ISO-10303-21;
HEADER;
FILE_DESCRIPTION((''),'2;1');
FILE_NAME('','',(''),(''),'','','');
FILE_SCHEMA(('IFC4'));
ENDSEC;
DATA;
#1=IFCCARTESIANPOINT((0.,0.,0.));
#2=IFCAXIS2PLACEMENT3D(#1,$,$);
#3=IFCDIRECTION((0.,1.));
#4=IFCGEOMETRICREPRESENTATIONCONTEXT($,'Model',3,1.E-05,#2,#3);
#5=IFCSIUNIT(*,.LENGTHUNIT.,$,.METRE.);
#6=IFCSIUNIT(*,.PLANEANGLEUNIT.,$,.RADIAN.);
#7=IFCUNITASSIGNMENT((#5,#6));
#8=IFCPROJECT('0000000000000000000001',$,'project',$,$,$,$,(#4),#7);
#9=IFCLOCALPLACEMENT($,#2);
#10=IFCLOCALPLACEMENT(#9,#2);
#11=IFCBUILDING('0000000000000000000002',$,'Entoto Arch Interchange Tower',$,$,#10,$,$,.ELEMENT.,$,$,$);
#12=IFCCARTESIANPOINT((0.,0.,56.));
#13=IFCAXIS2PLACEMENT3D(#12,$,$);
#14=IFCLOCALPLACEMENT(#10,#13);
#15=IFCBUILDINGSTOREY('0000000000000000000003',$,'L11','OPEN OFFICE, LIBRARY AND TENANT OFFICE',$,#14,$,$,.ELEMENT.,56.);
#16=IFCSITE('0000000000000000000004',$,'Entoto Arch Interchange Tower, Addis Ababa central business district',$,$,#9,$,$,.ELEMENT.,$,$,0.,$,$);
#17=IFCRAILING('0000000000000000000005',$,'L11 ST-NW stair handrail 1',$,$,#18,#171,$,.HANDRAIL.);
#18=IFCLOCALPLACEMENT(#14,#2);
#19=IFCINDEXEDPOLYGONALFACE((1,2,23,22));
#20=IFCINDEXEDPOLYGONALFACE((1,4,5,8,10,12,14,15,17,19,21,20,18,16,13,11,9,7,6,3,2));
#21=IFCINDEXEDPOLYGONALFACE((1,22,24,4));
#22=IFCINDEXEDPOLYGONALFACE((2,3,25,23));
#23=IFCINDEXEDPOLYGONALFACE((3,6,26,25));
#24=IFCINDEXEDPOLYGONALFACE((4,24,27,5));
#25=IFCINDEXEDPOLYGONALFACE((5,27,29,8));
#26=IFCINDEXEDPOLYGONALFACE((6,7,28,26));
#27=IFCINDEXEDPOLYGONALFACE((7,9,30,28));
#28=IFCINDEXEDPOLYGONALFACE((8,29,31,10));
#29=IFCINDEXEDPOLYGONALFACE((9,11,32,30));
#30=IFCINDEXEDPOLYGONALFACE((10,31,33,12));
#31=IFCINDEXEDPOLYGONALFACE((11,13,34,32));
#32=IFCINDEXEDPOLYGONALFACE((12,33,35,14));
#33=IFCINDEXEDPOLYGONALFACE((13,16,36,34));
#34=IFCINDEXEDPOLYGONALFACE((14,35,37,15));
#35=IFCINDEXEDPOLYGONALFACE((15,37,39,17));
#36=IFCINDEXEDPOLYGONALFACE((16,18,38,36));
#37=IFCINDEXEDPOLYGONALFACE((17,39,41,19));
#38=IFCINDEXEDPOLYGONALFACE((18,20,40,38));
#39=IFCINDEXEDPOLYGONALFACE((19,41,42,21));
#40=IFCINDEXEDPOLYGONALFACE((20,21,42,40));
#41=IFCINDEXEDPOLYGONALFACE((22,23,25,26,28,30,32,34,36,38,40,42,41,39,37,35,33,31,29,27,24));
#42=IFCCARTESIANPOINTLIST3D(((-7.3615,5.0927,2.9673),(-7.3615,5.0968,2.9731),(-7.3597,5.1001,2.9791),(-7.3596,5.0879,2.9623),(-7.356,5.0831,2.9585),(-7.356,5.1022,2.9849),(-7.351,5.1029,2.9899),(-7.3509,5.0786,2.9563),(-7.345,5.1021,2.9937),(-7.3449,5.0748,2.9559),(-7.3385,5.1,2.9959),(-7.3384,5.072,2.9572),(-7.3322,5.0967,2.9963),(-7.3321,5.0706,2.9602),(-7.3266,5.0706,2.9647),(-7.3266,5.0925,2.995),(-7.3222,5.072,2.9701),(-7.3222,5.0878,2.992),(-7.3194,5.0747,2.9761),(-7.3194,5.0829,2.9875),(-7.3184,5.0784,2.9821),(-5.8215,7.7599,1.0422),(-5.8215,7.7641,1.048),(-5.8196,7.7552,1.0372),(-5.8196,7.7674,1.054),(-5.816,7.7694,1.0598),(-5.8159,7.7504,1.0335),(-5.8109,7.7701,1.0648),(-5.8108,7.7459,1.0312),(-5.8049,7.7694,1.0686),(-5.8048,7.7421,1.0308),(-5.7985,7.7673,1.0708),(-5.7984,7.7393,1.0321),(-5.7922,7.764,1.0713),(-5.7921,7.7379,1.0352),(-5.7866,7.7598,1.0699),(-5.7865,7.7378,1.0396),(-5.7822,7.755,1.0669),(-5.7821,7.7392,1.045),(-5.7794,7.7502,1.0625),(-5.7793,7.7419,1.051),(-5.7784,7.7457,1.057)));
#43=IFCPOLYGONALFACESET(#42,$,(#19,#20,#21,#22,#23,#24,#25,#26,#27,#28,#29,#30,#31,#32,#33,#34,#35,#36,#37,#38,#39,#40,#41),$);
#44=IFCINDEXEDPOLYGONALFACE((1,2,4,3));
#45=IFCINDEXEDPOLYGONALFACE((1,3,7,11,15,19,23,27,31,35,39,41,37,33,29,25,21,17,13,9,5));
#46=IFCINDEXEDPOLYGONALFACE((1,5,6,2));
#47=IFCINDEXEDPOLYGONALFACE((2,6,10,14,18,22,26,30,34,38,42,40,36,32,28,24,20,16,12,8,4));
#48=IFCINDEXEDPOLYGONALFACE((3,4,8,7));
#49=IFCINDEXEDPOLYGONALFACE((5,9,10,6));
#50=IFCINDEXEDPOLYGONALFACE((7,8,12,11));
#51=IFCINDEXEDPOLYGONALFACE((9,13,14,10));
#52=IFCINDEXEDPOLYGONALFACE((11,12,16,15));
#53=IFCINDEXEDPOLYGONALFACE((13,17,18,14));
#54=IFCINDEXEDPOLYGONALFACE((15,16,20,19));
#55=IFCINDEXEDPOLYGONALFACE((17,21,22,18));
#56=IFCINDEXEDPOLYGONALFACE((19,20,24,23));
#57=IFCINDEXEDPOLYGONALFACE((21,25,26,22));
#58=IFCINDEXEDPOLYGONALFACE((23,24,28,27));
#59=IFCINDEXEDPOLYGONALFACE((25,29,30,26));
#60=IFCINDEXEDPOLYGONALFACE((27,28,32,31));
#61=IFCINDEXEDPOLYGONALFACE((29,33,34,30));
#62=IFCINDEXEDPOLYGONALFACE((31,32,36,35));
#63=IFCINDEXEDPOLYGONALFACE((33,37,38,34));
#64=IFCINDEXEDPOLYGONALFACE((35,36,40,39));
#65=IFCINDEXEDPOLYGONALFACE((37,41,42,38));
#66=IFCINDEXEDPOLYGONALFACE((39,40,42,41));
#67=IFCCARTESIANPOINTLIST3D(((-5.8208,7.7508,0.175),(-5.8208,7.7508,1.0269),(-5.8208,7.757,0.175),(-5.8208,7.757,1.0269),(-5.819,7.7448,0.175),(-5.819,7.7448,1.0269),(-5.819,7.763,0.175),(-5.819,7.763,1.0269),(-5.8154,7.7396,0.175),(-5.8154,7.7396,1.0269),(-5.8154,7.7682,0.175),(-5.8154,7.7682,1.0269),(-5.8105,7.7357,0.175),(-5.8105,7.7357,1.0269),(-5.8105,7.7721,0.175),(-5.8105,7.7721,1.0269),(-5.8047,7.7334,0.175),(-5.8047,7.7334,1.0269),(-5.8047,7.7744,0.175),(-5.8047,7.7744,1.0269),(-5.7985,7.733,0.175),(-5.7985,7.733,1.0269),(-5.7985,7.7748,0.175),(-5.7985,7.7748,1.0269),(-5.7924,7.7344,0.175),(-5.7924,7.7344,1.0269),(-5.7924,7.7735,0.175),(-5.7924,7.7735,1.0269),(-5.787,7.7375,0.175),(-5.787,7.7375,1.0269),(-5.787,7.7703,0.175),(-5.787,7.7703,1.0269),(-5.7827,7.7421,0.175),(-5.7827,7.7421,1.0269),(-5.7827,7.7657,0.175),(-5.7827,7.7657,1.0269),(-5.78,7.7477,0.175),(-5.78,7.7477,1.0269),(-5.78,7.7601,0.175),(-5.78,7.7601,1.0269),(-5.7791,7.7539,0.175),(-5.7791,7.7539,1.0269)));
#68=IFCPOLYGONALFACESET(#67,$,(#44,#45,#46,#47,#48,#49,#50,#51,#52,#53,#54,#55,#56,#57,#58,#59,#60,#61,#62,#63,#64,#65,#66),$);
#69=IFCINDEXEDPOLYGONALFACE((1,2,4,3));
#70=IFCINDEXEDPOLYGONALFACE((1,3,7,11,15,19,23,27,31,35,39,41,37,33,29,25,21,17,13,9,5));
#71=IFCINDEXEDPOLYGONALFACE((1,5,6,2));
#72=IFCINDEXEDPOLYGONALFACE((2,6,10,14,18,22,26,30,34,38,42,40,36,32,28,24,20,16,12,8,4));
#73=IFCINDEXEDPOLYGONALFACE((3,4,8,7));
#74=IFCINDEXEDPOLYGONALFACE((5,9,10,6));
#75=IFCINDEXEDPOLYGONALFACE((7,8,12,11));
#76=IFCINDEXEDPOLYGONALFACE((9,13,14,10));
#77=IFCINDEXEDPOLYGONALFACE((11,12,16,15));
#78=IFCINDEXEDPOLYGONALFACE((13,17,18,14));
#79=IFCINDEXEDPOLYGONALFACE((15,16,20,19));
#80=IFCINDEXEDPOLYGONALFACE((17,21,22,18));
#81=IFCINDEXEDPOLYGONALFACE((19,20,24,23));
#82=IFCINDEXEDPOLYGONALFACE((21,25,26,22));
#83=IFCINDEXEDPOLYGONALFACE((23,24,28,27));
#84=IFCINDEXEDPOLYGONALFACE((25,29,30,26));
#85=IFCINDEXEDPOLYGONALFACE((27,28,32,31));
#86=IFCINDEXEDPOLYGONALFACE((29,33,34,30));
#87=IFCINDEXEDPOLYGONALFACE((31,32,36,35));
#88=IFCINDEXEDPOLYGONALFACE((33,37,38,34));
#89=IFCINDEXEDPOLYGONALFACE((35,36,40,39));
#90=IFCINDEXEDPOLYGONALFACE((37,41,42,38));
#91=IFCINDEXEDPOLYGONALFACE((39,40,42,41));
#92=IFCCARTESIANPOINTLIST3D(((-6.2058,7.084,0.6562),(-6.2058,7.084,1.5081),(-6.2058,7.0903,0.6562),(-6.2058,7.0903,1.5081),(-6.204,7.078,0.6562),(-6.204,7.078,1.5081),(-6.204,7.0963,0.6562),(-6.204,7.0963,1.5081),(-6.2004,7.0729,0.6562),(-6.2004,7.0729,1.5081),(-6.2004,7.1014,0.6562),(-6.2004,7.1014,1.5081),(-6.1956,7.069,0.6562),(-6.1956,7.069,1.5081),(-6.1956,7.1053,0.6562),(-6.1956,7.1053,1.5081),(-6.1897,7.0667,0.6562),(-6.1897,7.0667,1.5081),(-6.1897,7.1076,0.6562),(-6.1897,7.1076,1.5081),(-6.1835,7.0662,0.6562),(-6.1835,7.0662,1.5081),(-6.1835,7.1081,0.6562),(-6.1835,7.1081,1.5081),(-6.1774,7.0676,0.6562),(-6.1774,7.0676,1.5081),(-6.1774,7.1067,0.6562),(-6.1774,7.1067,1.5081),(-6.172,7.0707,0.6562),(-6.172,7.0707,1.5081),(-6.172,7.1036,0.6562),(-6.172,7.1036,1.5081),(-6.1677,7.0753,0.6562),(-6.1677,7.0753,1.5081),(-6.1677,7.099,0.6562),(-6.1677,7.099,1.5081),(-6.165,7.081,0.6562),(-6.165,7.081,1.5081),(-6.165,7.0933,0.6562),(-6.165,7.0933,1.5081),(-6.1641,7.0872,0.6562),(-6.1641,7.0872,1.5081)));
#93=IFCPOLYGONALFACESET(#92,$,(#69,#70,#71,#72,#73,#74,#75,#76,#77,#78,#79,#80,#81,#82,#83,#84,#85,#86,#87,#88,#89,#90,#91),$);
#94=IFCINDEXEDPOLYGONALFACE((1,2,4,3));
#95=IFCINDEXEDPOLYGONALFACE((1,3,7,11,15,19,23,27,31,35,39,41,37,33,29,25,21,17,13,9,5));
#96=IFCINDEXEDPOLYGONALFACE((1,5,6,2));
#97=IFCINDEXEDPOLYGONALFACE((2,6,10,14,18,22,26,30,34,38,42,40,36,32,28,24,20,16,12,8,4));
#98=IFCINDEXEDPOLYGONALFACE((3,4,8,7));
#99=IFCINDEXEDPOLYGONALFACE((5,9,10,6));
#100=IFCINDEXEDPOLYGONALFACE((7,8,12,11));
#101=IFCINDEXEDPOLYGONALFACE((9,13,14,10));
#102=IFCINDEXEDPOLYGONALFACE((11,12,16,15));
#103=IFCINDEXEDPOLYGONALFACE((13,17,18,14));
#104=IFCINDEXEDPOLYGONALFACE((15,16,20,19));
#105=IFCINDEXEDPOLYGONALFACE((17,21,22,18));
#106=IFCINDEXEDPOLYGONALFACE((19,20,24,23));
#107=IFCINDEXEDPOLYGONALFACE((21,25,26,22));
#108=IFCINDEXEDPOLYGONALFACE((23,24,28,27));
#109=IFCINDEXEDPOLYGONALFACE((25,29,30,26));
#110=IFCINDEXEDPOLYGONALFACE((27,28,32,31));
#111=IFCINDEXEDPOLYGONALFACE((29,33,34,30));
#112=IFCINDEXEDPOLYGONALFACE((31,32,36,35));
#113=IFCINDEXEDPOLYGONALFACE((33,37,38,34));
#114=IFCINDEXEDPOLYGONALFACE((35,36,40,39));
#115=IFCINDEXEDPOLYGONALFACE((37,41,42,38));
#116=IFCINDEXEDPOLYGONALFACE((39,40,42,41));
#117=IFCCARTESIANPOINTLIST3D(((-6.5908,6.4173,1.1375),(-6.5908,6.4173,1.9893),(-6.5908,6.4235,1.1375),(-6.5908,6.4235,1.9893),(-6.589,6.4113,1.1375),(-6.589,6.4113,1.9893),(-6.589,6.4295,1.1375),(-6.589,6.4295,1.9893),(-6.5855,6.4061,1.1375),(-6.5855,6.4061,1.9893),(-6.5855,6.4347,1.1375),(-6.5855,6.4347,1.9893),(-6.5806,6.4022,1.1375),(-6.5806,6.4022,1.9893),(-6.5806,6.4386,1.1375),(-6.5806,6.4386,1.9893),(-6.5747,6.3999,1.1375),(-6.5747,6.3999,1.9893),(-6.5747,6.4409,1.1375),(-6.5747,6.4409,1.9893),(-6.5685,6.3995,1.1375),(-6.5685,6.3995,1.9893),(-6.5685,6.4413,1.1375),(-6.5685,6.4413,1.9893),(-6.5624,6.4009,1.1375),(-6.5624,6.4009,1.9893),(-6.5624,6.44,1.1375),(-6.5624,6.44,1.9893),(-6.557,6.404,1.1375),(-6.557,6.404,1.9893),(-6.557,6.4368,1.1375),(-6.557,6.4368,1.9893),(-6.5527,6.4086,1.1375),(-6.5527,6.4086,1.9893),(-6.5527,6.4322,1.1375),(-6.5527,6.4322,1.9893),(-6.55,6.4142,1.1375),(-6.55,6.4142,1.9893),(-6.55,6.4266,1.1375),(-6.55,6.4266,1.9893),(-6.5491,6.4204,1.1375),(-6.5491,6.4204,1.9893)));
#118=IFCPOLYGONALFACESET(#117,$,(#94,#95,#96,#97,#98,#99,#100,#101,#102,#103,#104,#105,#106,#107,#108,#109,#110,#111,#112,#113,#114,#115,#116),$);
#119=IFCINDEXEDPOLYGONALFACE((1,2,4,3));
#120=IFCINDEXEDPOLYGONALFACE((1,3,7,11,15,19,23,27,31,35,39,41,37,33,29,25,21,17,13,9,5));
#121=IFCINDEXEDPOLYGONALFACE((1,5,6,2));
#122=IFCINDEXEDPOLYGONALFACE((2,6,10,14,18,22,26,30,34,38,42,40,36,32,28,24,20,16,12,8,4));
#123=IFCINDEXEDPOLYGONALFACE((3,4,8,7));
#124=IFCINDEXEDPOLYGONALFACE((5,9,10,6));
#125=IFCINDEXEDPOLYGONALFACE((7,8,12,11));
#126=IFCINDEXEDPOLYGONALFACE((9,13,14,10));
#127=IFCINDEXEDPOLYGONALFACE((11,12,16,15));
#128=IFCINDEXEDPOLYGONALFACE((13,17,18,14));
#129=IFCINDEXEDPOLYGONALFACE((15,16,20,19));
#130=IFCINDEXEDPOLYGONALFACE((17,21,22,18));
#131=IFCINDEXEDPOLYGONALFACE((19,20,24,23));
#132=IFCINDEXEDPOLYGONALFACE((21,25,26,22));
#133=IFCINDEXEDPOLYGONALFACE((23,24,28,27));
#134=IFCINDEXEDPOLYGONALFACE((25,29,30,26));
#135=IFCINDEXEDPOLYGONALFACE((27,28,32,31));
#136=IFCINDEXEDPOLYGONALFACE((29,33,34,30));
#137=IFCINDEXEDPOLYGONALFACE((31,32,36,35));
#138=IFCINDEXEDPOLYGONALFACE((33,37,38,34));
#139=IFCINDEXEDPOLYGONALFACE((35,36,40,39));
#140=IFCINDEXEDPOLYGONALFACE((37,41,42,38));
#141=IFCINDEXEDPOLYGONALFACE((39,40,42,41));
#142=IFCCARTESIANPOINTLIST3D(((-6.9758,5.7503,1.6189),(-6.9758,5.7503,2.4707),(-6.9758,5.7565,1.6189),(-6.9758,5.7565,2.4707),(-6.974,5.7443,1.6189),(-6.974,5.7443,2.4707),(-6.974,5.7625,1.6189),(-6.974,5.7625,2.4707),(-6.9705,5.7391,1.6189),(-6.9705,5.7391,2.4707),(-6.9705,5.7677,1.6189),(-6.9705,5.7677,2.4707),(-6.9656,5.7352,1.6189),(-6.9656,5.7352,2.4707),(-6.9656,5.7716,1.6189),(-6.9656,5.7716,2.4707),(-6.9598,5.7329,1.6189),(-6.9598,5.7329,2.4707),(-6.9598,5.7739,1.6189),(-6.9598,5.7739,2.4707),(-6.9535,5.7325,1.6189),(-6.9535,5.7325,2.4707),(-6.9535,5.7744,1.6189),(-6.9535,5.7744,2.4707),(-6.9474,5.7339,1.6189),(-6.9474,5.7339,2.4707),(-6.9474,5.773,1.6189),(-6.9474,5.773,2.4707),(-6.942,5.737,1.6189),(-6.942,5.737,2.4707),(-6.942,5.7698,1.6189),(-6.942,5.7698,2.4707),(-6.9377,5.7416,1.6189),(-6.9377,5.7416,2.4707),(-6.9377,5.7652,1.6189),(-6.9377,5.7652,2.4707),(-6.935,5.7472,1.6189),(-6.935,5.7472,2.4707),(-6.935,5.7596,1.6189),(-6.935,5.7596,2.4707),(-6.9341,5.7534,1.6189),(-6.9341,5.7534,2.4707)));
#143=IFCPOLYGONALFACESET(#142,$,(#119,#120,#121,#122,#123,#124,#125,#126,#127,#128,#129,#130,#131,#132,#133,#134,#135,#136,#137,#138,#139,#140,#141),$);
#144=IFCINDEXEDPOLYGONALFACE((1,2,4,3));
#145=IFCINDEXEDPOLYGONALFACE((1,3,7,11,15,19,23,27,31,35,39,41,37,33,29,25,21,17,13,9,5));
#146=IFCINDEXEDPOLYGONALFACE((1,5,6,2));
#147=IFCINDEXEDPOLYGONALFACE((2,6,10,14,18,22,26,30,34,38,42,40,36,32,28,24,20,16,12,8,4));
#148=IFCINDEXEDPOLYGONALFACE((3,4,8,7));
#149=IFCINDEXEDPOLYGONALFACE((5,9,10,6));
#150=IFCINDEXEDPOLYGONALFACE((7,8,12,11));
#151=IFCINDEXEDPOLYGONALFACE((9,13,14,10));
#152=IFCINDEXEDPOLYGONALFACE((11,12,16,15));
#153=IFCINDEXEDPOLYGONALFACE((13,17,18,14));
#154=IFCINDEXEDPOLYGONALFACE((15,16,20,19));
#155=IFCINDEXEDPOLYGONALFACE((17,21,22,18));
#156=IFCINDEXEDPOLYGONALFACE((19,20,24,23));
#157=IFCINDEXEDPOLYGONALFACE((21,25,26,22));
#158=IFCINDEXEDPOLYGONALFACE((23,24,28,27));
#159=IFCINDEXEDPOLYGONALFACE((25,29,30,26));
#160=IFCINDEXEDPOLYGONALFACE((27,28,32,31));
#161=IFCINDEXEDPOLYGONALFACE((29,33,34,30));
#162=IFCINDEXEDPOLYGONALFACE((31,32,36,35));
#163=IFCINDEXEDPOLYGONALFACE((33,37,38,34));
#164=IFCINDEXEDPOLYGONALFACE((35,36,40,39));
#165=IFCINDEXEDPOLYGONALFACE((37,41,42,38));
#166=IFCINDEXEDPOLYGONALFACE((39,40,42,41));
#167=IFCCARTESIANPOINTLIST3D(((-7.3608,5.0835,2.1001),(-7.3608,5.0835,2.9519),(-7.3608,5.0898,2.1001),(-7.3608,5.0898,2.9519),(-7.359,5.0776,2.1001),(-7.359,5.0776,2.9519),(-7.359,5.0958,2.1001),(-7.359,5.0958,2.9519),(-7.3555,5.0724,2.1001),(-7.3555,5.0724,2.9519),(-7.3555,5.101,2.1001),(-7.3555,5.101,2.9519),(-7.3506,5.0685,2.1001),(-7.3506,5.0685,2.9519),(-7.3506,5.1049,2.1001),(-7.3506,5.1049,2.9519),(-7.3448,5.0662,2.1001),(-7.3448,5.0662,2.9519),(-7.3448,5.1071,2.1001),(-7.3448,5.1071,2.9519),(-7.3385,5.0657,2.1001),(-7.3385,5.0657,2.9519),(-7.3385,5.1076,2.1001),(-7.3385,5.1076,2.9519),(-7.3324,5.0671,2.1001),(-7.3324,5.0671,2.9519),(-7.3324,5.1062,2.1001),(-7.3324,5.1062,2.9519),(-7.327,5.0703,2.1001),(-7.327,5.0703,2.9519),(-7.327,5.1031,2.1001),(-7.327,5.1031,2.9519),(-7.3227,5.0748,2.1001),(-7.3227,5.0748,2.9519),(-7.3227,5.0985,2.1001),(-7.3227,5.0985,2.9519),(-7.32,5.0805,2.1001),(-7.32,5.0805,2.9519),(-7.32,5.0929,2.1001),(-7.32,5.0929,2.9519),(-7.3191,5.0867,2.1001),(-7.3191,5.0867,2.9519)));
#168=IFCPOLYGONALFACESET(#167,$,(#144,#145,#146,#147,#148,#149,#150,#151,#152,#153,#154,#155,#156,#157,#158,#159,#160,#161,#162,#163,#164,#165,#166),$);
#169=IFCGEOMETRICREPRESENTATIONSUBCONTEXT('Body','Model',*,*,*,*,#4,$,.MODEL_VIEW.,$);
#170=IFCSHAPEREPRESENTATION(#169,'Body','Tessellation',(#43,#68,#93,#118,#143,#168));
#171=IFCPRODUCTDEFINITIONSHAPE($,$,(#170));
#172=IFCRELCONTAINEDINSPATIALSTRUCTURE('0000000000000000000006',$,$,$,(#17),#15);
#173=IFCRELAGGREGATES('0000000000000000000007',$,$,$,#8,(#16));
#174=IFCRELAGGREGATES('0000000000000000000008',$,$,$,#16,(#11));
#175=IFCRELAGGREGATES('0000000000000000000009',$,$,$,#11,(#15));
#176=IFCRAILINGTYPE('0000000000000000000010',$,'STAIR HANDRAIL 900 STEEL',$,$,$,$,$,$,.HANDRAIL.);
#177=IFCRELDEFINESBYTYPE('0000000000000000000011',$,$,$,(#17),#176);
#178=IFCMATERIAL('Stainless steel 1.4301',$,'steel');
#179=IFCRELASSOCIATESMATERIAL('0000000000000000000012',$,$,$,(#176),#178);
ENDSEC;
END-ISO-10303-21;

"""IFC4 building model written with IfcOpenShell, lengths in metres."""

from ifc_helpers import new_model, si_unit, direction, frame, origin, origin_2d, place, context, subcontext, project, spatial, circle, extrude, material, type_object, element, save


model = new_model("IFC4")

# Units and contexts
model_context = context("Model", 3, precision=1e-05, world=origin(), true_north=direction((0.0, 1.0)))
body_context = subcontext(model_context, "Body", "Model", "MODEL_VIEW")
ifc_project = project(units=[si_unit("LENGTHUNIT", "METRE"), si_unit("PLANEANGLEUNIT", "RADIAN")], contexts=[model_context])

# Site, building, storey
site_placement = place(None, origin())
site = spatial("IfcSite", under=ifc_project, at=site_placement, Name="Entoto Arch Interchange Tower, Addis Ababa central business district", CompositionType="ELEMENT", RefElevation=0.0)
building_placement = place(site_placement, origin())
building = spatial("IfcBuilding", under=site, at=building_placement, Name="Entoto Arch Interchange Tower", CompositionType="ELEMENT")
storey_placement = place(building_placement, frame((0.0, 0.0, 56.0)))
storey = spatial("IfcBuildingStorey", under=building, at=storey_placement, Name="L11", Description="OPEN OFFICE, LIBRARY AND TENANT OFFICE", CompositionType="ELEMENT", Elevation=56.0)

# Railing
ifc_material_1 = material(Name="Stainless steel 1.4301", Category="steel")
railing_type_1 = type_object("IfcRailingType", Name="STAIR HANDRAIL 900 STEEL", PredefinedType="HANDRAIL", material=ifc_material_1)
railing_1_placement = place(storey_placement, frame((-5.8, 7.7539, 0.175)))
element("IfcRailing", 1, at=railing_1_placement, inside=storey, type_object=railing_type_1, Name="L11 ST-NW stair handrail 1", PredefinedType="HANDRAIL", context=body_context, shape_type="SweptSolid", body=[
    extrude(circle(Radius=0.0239, at=origin_2d()), frame((0.0, 0.0, 0.876), z_axis=(-0.424015, -0.734364, 0.530019), x_axis=(0.86601, -0.500027, 0.0)), (0.0, 0.0, 1.0), 3.6321),
    extrude(circle(Radius=0.021, at=origin_2d()), origin(), (0.0, 0.0, 1.0), 0.8518),
    extrude(circle(Radius=0.021, at=origin_2d()), frame((-0.385, -0.6667, 0.4812)), (0.0, 0.0, 1.0), 0.8518),
    extrude(circle(Radius=0.021, at=origin_2d()), frame((-0.77, -1.3335, 0.9624)), (0.0, 0.0, 1.0), 0.8518),
    extrude(circle(Radius=0.021, at=origin_2d()), frame((-1.155, -2.0005, 1.4438)), (0.0, 0.0, 1.0), 0.8518),
    extrude(circle(Radius=0.021, at=origin_2d()), frame((-1.54, -2.6672, 1.925)), (0.0, 0.0, 1.0), 0.8518),
])

save(model, "model.ifc")
